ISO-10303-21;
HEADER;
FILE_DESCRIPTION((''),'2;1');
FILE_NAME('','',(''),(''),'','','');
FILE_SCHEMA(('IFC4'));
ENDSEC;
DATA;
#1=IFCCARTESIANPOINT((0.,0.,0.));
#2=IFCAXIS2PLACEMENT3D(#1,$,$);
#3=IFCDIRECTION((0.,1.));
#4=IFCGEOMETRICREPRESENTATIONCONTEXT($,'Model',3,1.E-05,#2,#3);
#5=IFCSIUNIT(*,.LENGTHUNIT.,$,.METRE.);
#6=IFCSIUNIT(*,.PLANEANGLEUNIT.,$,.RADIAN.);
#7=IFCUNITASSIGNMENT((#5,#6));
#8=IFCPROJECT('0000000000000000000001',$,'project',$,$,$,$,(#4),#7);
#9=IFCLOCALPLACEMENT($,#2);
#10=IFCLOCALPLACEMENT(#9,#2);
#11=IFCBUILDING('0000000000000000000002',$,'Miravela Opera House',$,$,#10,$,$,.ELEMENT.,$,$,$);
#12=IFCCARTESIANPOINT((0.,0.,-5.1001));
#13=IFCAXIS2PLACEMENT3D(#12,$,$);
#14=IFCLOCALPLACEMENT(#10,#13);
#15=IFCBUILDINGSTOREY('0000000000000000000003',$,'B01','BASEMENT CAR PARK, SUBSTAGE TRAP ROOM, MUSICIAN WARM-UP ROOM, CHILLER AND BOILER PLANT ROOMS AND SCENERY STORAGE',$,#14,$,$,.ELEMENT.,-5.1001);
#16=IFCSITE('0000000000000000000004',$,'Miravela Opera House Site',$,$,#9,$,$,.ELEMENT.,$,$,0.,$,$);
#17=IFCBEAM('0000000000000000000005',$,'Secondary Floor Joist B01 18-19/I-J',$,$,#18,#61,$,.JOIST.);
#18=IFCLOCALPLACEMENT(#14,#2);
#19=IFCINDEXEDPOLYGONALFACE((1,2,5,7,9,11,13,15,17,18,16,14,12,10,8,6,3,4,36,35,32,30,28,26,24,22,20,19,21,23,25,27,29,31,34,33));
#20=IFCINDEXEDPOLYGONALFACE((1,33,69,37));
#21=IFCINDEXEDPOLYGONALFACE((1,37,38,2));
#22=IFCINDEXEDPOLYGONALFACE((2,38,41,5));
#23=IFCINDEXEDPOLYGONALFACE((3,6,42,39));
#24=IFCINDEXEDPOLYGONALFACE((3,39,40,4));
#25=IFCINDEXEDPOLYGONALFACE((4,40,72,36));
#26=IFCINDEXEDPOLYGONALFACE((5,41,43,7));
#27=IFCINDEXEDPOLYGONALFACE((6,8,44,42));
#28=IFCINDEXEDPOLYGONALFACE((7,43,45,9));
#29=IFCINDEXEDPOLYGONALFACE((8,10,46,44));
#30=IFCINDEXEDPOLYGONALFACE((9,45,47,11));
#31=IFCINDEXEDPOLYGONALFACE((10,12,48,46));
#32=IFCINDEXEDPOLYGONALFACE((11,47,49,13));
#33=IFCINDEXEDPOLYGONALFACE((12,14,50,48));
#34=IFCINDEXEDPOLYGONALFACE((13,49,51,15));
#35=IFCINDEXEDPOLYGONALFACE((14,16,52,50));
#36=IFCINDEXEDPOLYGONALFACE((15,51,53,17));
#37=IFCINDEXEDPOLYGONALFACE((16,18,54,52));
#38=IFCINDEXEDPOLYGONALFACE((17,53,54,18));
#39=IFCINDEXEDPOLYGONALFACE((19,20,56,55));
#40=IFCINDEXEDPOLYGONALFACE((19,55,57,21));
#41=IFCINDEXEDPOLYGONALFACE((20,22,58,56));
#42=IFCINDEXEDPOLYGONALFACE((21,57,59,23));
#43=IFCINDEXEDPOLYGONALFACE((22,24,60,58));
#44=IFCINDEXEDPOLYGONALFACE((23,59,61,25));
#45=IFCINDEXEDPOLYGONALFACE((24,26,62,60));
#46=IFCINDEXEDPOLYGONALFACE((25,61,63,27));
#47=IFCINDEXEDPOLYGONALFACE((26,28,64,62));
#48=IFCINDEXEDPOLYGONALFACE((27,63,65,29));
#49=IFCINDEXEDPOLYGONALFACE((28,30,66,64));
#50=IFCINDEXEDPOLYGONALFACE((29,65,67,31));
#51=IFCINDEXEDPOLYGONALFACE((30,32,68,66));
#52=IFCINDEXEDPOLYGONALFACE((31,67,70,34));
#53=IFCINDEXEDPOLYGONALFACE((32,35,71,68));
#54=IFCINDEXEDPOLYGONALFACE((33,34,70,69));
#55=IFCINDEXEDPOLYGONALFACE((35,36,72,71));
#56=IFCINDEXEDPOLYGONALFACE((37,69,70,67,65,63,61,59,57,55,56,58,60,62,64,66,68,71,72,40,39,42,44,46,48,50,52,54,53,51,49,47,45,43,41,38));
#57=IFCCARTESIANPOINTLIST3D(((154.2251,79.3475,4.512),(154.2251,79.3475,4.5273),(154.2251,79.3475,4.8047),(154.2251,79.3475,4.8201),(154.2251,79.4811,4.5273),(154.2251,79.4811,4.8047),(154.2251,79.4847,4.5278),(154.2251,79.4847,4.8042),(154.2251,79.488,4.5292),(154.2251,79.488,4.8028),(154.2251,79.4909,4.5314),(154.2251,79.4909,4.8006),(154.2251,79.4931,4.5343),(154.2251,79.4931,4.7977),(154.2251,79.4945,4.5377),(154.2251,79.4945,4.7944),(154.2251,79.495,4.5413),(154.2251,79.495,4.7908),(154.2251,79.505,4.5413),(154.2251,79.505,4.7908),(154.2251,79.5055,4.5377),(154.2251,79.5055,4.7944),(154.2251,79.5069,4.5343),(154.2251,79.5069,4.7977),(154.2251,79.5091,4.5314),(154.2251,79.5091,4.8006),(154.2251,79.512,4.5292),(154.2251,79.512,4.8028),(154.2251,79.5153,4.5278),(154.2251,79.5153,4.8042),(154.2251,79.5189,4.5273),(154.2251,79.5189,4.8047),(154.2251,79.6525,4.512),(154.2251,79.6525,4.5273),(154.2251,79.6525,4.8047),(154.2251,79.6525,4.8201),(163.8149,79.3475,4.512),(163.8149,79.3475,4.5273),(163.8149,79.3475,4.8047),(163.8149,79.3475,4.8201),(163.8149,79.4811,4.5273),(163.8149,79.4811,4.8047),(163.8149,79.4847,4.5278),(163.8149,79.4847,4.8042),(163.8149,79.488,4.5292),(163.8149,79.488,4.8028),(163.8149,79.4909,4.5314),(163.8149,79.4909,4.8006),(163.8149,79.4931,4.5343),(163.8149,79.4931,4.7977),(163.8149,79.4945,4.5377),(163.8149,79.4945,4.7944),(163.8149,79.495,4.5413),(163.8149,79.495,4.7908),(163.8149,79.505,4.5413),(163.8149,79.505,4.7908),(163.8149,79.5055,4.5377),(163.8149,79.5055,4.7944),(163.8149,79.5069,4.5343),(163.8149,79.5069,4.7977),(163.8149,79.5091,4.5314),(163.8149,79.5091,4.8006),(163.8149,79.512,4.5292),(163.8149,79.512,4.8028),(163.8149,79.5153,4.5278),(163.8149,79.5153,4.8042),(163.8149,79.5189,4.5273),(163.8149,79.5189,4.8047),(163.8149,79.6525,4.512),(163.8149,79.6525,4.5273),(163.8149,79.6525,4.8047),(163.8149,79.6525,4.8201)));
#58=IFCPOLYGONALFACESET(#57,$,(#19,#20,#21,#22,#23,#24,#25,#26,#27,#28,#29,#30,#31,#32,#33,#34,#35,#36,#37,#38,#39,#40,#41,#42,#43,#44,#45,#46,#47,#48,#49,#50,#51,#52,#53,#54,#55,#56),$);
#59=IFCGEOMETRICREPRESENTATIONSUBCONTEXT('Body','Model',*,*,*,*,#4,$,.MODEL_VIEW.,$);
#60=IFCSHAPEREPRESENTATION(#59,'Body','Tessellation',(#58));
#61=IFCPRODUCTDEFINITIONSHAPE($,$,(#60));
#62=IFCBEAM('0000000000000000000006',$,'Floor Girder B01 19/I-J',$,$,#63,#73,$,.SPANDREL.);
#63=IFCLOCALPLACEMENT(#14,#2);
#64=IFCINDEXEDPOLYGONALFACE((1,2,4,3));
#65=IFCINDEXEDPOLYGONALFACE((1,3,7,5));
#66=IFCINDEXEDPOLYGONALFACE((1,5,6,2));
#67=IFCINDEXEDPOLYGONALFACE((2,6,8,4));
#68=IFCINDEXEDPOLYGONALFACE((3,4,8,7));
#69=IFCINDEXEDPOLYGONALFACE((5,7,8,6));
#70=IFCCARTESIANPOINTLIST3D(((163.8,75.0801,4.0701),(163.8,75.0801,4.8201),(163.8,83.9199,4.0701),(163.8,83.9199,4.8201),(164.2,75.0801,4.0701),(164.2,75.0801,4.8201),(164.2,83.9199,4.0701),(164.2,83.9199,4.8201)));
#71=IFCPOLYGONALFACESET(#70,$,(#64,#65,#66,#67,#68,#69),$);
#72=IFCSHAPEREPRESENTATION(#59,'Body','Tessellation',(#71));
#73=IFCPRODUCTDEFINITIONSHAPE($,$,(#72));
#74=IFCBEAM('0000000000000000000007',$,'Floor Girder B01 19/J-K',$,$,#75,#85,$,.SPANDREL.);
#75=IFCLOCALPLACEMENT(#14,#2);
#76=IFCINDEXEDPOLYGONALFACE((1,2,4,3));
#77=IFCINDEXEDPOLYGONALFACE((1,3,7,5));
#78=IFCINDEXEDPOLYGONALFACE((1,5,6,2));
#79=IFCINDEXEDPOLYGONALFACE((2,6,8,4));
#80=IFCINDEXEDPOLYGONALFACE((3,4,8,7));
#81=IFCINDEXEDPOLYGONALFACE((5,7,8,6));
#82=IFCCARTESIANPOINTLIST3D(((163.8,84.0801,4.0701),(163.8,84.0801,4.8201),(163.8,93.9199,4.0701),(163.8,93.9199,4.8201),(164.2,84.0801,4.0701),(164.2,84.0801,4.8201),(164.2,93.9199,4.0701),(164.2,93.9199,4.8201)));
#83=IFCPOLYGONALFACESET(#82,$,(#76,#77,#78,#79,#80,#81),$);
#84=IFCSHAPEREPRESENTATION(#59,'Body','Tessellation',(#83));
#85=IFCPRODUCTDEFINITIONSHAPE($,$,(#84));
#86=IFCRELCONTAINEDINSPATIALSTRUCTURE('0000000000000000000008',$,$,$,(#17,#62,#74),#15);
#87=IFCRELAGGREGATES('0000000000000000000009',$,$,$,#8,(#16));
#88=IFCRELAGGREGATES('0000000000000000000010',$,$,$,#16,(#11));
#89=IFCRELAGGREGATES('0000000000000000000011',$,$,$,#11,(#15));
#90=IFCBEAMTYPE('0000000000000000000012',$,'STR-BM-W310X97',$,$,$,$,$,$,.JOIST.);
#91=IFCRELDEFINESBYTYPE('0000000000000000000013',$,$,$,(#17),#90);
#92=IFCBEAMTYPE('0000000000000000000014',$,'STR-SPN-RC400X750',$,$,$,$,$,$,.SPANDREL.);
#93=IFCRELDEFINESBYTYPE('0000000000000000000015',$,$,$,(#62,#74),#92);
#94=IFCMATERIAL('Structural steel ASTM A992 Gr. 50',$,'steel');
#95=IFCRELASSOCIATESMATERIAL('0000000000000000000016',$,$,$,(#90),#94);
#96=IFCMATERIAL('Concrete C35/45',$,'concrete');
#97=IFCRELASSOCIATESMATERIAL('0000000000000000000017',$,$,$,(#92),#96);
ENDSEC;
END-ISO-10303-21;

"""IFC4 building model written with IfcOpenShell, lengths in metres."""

from ifc_helpers import new_model, si_unit, direction, frame, origin, origin_2d, place, context, subcontext, project, spatial, rectangle, i_section, extrude, material, material_profile, profile_set, type_object, element, save


model = new_model("IFC4")

# Units and contexts
model_context = context("Model", 3, precision=1e-05, world=origin(), true_north=direction((0.0, 1.0)))
body_context = subcontext(model_context, "Body", "Model", "MODEL_VIEW")
ifc_project = project(units=[si_unit("LENGTHUNIT", "METRE"), si_unit("PLANEANGLEUNIT", "RADIAN")], contexts=[model_context])

# Site, building, storey
site_placement = place(None, origin())
site = spatial("IfcSite", under=ifc_project, at=site_placement, Name="Miravela Opera House Site", CompositionType="ELEMENT", RefElevation=0.0)
building_placement = place(site_placement, origin())
building = spatial("IfcBuilding", under=site, at=building_placement, Name="Miravela Opera House", CompositionType="ELEMENT")
storey_placement = place(building_placement, frame((0.0, 0.0, -5.1001)))
storey = spatial("IfcBuildingStorey", under=building, at=storey_placement, Name="B01", Description="BASEMENT CAR PARK, SUBSTAGE TRAP ROOM, MUSICIAN WARM-UP ROOM, CHILLER AND BOILER PLANT ROOMS AND SCENERY STORAGE", CompositionType="ELEMENT", Elevation=-5.1001)

# Shared definitions
ifc_material_1 = material(Name="Concrete C35/45", Category="concrete")

# Beams
ifc_material_2 = material(Name="Structural steel ASTM A992 Gr. 50", Category="steel")
ifc_material_profile_1 = material_profile(ifc_material_2, i_section(OverallWidth=0.3049, OverallDepth=0.3081, WebThickness=0.01, FlangeThickness=0.0154, FilletRadius=0.0139, at=origin_2d()), Name="W310X97")
ifc_profile_set_1 = profile_set([ifc_material_profile_1])
beam_type_1 = type_object("IfcBeamType", Name="STR-BM-W310X97", PredefinedType="JOIST", material=ifc_profile_set_1)
beam_1_placement = place(storey_placement, frame((154.2251, 79.5, 4.666), z_axis=(1.0, 0.0, 0.0), x_axis=(0.0, 1.0, 0.0)))
element("IfcBeam", 1, at=beam_1_placement, inside=storey, type_object=beam_type_1, Name="Secondary Floor Joist B01 18-19/I-J", PredefinedType="JOIST", context=body_context, shape_type="SweptSolid", body=[
    extrude(i_section(OverallWidth=0.3049, OverallDepth=0.3081, WebThickness=0.01, FlangeThickness=0.0154, FilletRadius=0.0139, at=origin_2d()), origin(), (0.0, 0.0, 1.0), 9.5898),
])
ifc_material_profile_2 = material_profile(ifc_material_1, rectangle(XDim=0.3999, YDim=0.75, at=origin_2d()), Name="RC-SPN-400X750")
ifc_profile_set_2 = profile_set([ifc_material_profile_2])
beam_type_2 = type_object("IfcBeamType", Name="STR-SPN-RC400X750", PredefinedType="SPANDREL", material=ifc_profile_set_2)
beam_2_placement = place(storey_placement, frame((164.0, 75.0801, 4.4451), z_axis=(0.0, 1.0, 0.0), x_axis=(-1.0, 0.0, 0.0)))
element("IfcBeam", 2, at=beam_2_placement, inside=storey, type_object=beam_type_2, Name="Floor Girder B01 19/I-J", PredefinedType="SPANDREL", context=body_context, shape_type="SweptSolid", body=[
    extrude(rectangle(XDim=0.3999, YDim=0.75, at=origin_2d()), origin(), (0.0, 0.0, 1.0), 8.8398),
])
beam_3_placement = place(storey_placement, frame((164.0, 84.0801, 4.4451), z_axis=(0.0, 1.0, 0.0), x_axis=(-1.0, 0.0, 0.0)))
element("IfcBeam", 3, at=beam_3_placement, inside=storey, type_object=beam_type_2, Name="Floor Girder B01 19/J-K", PredefinedType="SPANDREL", context=body_context, shape_type="SweptSolid", body=[
    extrude(rectangle(XDim=0.3999, YDim=0.75, at=origin_2d()), origin(), (0.0, 0.0, 1.0), 9.8398),
])

save(model, "model.ifc")
